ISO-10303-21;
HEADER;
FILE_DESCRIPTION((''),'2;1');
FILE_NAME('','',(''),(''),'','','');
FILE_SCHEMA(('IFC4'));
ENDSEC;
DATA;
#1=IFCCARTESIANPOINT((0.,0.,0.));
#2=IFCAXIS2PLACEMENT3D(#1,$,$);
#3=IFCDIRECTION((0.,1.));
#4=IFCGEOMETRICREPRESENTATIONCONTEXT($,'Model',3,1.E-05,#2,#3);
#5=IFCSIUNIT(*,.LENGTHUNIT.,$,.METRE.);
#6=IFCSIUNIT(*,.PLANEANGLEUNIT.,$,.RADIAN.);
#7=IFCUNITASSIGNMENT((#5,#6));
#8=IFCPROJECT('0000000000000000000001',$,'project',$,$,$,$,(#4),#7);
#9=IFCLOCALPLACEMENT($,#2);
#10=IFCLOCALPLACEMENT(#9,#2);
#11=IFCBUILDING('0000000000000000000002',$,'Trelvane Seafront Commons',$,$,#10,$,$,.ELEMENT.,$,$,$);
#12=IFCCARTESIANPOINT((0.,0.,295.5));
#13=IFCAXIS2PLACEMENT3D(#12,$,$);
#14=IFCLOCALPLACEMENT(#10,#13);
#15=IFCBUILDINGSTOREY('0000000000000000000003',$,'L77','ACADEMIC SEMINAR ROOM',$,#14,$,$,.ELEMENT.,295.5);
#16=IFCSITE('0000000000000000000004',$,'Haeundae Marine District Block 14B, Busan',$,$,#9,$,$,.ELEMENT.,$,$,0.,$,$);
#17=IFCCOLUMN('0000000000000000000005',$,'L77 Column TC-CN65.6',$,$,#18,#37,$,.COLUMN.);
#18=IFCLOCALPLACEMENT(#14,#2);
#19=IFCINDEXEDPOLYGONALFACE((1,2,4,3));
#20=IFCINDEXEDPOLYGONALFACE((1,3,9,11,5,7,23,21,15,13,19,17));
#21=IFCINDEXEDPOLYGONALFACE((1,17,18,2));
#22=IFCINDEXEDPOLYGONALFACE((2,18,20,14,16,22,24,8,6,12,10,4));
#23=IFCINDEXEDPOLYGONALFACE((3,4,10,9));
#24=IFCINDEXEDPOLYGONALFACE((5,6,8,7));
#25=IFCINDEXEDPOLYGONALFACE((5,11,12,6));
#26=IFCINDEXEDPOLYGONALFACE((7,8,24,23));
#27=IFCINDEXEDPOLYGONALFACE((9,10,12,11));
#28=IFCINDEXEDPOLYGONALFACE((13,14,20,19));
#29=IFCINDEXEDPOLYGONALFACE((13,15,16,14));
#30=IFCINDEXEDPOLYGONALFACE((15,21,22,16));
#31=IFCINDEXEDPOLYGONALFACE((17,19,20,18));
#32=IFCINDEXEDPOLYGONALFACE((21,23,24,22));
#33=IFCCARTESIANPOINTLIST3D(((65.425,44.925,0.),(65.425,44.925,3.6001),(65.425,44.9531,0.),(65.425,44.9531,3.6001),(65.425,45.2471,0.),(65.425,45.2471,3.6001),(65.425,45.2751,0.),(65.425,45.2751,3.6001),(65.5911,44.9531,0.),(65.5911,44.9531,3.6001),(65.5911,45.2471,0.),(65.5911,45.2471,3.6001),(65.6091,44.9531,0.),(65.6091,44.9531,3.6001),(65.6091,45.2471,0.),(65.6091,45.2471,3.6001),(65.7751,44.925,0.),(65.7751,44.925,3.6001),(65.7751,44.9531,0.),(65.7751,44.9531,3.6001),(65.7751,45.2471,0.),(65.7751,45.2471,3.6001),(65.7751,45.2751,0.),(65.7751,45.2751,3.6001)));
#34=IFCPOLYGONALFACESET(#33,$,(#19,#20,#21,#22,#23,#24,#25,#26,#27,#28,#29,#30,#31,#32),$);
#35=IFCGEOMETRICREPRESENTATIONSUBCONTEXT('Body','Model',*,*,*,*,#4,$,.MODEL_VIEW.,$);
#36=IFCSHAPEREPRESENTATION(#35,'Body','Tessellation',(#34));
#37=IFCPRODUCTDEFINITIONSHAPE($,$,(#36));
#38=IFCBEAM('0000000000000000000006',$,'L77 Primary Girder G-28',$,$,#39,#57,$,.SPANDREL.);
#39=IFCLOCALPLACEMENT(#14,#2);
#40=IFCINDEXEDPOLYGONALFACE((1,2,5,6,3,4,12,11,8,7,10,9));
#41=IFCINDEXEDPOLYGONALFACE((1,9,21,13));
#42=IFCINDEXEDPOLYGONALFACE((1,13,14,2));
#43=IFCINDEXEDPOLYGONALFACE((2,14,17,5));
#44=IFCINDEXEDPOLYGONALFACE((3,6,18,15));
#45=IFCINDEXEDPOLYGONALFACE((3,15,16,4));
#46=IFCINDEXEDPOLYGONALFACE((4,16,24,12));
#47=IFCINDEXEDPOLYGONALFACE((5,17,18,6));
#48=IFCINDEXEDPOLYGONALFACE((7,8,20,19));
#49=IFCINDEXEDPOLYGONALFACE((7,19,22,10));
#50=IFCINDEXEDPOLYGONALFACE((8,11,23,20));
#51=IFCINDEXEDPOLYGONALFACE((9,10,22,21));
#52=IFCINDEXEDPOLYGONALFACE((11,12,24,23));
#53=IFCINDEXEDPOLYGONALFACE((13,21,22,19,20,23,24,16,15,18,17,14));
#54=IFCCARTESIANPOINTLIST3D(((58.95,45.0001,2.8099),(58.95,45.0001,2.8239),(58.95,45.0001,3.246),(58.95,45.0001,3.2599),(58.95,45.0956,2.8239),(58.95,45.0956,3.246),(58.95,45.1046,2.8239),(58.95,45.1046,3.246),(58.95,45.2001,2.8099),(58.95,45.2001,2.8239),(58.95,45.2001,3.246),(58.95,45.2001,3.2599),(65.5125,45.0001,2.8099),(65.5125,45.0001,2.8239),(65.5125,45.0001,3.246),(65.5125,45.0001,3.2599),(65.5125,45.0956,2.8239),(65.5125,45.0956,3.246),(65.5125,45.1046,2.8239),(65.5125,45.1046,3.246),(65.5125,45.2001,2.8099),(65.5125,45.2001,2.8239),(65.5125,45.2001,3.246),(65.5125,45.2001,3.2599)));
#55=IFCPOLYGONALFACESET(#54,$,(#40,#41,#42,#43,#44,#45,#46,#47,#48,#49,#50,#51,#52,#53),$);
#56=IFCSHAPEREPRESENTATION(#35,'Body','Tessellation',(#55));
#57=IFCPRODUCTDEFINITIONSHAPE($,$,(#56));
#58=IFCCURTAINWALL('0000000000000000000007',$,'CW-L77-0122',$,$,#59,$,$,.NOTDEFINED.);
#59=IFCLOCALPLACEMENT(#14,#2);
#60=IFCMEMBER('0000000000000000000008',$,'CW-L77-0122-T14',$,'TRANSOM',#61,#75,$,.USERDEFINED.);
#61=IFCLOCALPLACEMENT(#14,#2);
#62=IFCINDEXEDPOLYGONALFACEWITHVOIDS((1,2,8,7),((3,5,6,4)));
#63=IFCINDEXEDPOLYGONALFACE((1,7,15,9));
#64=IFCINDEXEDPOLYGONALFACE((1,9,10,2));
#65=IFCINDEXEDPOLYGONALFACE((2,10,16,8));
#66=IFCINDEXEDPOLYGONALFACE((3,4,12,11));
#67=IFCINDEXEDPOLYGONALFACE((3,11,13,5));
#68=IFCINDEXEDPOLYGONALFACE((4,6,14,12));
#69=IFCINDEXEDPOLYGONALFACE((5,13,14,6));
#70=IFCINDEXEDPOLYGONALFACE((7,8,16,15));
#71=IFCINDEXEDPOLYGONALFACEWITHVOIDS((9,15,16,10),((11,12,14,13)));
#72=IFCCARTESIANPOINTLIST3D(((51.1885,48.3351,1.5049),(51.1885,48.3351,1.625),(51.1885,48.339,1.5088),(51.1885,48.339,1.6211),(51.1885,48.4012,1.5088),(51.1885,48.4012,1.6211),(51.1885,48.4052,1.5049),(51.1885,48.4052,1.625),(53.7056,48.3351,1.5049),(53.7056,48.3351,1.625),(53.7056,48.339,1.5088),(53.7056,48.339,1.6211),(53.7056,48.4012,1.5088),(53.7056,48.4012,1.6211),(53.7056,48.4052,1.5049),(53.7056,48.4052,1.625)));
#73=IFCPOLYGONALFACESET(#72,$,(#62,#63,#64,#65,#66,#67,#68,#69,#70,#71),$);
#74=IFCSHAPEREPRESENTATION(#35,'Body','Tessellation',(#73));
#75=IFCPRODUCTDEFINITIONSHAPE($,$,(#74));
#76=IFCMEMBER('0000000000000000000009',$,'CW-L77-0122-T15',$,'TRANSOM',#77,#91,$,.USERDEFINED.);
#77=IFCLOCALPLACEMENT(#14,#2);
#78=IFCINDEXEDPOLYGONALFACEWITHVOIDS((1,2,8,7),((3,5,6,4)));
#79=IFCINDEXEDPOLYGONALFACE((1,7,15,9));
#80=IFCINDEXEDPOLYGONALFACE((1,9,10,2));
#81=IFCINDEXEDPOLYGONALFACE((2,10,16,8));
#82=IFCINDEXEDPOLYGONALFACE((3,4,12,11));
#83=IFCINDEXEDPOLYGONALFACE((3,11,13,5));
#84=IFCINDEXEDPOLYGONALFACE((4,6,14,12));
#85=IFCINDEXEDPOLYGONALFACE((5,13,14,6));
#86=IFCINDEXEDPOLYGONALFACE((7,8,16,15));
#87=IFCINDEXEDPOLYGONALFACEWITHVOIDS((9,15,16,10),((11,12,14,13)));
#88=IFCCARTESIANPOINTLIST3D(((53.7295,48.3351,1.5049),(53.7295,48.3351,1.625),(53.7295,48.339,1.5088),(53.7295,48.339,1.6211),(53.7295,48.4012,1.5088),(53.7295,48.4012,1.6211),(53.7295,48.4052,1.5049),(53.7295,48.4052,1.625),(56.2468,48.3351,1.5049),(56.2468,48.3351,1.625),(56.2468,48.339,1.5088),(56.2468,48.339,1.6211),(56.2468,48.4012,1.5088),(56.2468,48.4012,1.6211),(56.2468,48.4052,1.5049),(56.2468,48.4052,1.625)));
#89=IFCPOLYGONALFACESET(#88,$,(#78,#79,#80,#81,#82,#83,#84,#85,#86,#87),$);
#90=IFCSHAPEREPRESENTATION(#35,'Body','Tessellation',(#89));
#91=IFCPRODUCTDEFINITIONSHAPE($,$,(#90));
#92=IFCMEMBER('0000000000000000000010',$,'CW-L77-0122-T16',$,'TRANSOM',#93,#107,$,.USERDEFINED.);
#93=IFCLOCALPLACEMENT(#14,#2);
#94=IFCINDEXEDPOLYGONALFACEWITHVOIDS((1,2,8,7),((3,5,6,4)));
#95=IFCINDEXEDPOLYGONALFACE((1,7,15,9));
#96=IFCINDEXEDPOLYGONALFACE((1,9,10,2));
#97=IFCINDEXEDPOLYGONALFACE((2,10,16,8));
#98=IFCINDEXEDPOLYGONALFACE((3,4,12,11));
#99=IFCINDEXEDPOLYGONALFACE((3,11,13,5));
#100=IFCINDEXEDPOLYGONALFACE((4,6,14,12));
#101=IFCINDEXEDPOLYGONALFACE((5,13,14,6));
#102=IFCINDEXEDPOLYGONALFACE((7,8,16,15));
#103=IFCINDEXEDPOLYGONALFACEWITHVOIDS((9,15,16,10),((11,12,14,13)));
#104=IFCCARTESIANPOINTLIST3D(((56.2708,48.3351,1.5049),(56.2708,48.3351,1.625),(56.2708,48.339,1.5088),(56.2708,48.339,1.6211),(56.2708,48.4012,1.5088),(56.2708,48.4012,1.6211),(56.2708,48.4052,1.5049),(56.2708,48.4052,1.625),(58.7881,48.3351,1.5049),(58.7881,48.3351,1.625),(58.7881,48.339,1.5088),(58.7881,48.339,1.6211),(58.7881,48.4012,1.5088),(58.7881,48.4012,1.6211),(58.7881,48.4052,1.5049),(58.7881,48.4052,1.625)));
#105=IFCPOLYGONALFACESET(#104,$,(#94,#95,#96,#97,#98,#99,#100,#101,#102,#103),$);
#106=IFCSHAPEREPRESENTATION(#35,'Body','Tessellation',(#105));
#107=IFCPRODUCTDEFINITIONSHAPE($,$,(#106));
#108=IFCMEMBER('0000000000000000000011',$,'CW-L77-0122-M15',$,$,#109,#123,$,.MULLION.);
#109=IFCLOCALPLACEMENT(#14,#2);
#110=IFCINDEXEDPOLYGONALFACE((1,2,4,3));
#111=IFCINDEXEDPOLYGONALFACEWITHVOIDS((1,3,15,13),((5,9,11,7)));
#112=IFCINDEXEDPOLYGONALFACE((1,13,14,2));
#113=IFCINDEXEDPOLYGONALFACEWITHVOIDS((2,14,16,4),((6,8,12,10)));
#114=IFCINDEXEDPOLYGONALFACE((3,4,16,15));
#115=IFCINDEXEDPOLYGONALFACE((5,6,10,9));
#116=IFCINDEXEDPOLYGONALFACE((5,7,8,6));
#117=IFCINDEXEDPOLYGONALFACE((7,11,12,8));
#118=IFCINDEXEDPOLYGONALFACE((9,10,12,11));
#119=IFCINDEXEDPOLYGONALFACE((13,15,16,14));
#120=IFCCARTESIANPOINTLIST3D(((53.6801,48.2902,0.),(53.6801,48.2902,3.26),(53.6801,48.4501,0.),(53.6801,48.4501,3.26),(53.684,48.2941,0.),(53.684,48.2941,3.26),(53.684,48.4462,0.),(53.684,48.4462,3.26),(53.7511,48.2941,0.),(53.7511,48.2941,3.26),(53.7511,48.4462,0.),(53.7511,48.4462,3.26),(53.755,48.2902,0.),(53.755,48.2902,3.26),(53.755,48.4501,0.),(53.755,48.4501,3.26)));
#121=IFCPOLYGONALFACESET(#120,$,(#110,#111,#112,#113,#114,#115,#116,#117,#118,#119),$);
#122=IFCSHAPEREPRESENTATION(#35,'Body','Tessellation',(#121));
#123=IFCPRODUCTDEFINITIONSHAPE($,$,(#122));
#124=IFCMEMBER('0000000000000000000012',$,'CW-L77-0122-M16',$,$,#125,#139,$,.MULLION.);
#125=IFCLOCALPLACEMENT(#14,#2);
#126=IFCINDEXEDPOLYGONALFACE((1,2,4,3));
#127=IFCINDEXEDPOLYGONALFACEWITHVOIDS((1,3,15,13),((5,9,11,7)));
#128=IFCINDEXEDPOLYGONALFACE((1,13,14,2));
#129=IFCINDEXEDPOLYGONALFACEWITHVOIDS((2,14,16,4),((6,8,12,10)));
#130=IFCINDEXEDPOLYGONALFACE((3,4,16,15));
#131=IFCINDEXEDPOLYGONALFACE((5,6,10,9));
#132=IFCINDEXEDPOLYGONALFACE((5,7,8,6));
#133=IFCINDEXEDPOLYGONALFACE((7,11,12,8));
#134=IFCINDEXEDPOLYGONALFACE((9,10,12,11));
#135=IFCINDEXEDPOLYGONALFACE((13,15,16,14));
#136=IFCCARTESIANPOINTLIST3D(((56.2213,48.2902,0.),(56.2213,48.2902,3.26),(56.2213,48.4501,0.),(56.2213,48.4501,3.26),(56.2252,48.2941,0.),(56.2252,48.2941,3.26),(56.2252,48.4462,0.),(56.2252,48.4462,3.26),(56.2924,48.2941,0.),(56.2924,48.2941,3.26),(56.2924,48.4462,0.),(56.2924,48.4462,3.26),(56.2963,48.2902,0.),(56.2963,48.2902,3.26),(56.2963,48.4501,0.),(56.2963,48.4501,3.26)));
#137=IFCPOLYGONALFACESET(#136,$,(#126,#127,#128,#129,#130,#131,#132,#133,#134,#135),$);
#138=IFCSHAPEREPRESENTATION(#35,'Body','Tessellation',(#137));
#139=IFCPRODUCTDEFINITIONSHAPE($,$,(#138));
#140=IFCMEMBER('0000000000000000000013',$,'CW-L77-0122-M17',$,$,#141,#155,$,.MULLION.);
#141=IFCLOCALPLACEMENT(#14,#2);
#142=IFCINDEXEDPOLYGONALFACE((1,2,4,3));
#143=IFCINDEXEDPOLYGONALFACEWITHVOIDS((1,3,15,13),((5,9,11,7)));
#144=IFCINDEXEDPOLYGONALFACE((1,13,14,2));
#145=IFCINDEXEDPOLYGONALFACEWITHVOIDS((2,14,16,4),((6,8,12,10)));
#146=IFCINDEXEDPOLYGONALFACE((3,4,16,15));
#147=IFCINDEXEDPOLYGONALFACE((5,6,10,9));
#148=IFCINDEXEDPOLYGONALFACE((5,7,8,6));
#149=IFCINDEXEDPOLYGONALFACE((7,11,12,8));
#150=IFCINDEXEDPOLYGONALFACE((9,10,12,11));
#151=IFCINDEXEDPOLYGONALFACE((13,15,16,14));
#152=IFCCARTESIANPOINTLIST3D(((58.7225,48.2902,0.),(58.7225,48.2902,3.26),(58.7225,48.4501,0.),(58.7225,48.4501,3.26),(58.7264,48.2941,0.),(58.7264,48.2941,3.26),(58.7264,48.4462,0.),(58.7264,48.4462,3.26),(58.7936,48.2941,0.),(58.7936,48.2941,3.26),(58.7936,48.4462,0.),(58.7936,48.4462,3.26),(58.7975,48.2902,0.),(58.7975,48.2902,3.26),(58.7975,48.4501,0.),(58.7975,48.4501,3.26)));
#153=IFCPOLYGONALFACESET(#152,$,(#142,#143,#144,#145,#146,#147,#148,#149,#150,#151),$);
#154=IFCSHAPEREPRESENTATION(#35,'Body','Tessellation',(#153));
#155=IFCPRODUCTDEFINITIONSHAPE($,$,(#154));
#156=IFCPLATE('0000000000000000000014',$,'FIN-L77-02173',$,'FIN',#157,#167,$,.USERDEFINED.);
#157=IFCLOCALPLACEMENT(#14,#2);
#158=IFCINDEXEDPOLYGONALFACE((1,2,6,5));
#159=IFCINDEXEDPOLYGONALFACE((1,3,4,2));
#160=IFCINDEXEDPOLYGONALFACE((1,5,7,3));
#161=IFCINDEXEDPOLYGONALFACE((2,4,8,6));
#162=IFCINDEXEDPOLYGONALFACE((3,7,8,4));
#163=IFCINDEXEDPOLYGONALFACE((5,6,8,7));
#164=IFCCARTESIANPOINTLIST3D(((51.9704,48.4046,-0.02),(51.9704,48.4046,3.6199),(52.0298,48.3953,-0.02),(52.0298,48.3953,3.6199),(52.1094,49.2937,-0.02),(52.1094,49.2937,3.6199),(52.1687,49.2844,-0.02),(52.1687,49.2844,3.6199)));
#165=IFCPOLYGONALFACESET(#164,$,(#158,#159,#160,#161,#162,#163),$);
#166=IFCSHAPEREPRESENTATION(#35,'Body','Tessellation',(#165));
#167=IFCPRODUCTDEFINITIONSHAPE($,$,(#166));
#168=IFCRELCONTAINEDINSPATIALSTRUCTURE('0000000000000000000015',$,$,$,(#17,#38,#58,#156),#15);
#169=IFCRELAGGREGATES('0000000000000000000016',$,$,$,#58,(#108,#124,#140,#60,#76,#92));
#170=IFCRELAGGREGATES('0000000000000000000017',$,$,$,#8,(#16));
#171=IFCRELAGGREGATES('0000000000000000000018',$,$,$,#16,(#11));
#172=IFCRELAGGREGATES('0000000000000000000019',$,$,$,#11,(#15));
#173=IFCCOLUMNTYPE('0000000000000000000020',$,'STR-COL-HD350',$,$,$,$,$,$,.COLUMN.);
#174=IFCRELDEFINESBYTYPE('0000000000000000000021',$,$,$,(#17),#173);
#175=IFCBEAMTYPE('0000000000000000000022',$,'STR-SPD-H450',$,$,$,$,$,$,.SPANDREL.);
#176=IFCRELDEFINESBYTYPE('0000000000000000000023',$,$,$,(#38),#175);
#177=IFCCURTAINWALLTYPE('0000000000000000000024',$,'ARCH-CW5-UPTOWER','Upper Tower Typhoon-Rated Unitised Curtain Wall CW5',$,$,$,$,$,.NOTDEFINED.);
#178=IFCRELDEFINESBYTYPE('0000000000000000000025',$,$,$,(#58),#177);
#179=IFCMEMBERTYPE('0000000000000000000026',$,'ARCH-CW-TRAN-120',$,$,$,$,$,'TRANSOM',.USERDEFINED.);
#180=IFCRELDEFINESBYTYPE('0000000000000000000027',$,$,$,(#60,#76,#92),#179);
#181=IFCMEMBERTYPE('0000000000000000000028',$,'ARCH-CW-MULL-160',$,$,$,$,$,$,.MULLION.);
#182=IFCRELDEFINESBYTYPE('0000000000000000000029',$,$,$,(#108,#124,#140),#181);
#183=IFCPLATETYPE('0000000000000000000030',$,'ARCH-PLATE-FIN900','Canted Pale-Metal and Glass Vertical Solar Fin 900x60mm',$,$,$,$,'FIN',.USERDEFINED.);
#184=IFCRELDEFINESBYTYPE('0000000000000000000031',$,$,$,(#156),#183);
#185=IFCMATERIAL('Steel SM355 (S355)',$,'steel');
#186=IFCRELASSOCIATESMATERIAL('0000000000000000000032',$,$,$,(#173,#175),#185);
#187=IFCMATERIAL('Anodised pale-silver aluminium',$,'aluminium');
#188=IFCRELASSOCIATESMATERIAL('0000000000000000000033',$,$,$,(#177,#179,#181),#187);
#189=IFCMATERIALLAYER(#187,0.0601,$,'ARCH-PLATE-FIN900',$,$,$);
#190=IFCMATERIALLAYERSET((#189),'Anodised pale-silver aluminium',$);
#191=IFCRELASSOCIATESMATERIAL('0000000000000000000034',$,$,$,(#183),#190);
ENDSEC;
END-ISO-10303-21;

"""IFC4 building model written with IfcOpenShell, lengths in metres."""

from ifc_helpers import new_model, si_unit, direction, frame, origin, origin_2d, place, context, subcontext, project, spatial, rectangle, hollow_rectangle, i_section, extrude, source, transform, mapped, material, layer, layer_set, material_profile, profile_set, type_object, element, aggregate, save


model = new_model("IFC4")

# Units and contexts
model_context = context("Model", 3, precision=1e-05, world=origin(), true_north=direction((0.0, 1.0)))
body_context = subcontext(model_context, "Body", "Model", "MODEL_VIEW")
ifc_project = project(units=[si_unit("LENGTHUNIT", "METRE"), si_unit("PLANEANGLEUNIT", "RADIAN")], contexts=[model_context])

# Site, building, storey
site_placement = place(None, origin())
site = spatial("IfcSite", under=ifc_project, at=site_placement, Name="Haeundae Marine District Block 14B, Busan", CompositionType="ELEMENT", RefElevation=0.0)
building_placement = place(site_placement, origin())
building = spatial("IfcBuilding", under=site, at=building_placement, Name="Trelvane Seafront Commons", CompositionType="ELEMENT")
storey_placement = place(building_placement, frame((0.0, 0.0, 295.5)))
storey = spatial("IfcBuildingStorey", under=building, at=storey_placement, Name="L77", Description="ACADEMIC SEMINAR ROOM", CompositionType="ELEMENT", Elevation=295.5)

# Column
ifc_material_1 = material(Name="Steel SM355 (S355)", Category="steel")
ifc_material_profile_1 = material_profile(ifc_material_1, i_section(OverallWidth=0.3501, OverallDepth=0.3501, WebThickness=0.0181, FlangeThickness=0.0281, at=origin_2d()), Name="HD-350x350x18x28")
ifc_profile_set_1 = profile_set([ifc_material_profile_1], Name="Steel SM355 (S355)")
column_type = type_object("IfcColumnType", Name="STR-COL-HD350", PredefinedType="COLUMN", material=ifc_profile_set_1)
shared_shape_1 = source(origin(), body_context, "Body", "SweptSolid", [
    extrude(i_section(OverallWidth=0.3501, OverallDepth=0.3501, WebThickness=0.0181, FlangeThickness=0.0281, at=origin_2d()), origin(), (0.0, 0.0, 1.0), 3.6001),
])
column_placement = place(storey_placement, frame((65.6001, 45.1001, 0.0), z_axis=(0.0, 0.0, 1.0), x_axis=(1.0, 0.0, 0.0)))
element("IfcColumn", 1, at=column_placement, inside=storey, type_object=column_type, Name="L77 Column TC-CN65.6", PredefinedType="COLUMN", context=body_context, shape_type="MappedRepresentation", body=[
    mapped(shared_shape_1, transform((0.0, 0.0, 0.0), x_axis=(1.0, 0.0, 0.0), y_axis=(0.0, 1.0, 0.0), z_axis=(0.0, 0.0, 1.0), scale=1.0)),
])

# Beam
ifc_material_profile_2 = material_profile(ifc_material_1, i_section(OverallWidth=0.2, OverallDepth=0.45, WebThickness=0.009, FlangeThickness=0.0139, at=origin_2d()), Name="H-450x200x9x14")
ifc_profile_set_2 = profile_set([ifc_material_profile_2], Name="Steel SM355 (S355)")
beam_type = type_object("IfcBeamType", Name="STR-SPD-H450", PredefinedType="SPANDREL", material=ifc_profile_set_2)
shared_shape_2 = source(origin(), body_context, "Body", "SweptSolid", [
    extrude(i_section(OverallWidth=0.2, OverallDepth=0.45, WebThickness=0.009, FlangeThickness=0.0139, at=origin_2d()), origin(), (0.0, 0.0, 1.0), 6.5625),
])
beam_placement = place(storey_placement, frame((58.95, 45.1001, 3.0349), z_axis=(1.0, 0.0, 0.0), x_axis=(0.0, 1.0, 0.0)))
element("IfcBeam", 2, at=beam_placement, inside=storey, type_object=beam_type, Name="L77 Primary Girder G-28", PredefinedType="SPANDREL", context=body_context, shape_type="MappedRepresentation", body=[
    mapped(shared_shape_2, transform((0.0, 0.0, 0.0), x_axis=(1.0, 0.0, 0.0), y_axis=(0.0, 1.0, 0.0), z_axis=(0.0, 0.0, 1.0), scale=1.0)),
])

# Curtain wall, members
ifc_material_2 = material(Name="Anodised pale-silver aluminium", Category="aluminium")
curtain_wall_type = type_object("IfcCurtainWallType", Name="ARCH-CW5-UPTOWER", Description="Upper Tower Typhoon-Rated Unitised Curtain Wall CW5", PredefinedType="NOTDEFINED", material=ifc_material_2)
curtain_wall_placement = place(storey_placement, origin())
curtain_wall = element("IfcCurtainWall", 3, at=curtain_wall_placement, inside=storey, type_object=curtain_wall_type, Name="CW-L77-0122", PredefinedType="NOTDEFINED")
ifc_material_profile_3 = material_profile(ifc_material_2, hollow_rectangle(XDim=0.0701, YDim=0.1201, WallThickness=0.0039, at=origin_2d()), Name="TRAN-70x120x4")
ifc_profile_set_3 = profile_set([ifc_material_profile_3], Name="Anodised pale-silver aluminium")
member_type_1 = type_object("IfcMemberType", Name="ARCH-CW-TRAN-120", ElementType="TRANSOM", PredefinedType="USERDEFINED", material=ifc_profile_set_3)
shared_shape_3 = source(origin(), body_context, "Body", "SweptSolid", [
    extrude(hollow_rectangle(XDim=0.0701, YDim=0.1201, WallThickness=0.0039, at=origin_2d()), origin(), (0.0, 0.0, 1.0), 2.5171),
])
member_1_placement = place(storey_placement, frame((51.1885, 48.3701, 1.5649), z_axis=(1.0, 0.0, 0.0), x_axis=(0.0, 1.0, 0.0)))
member_1 = element("IfcMember", 4, at=member_1_placement, type_object=member_type_1, Name="CW-L77-0122-T14", ObjectType="TRANSOM", PredefinedType="USERDEFINED", context=body_context, shape_type="MappedRepresentation", body=[
    mapped(shared_shape_3, transform((0.0, 0.0, 0.0), x_axis=(1.0, 0.0, 0.0), y_axis=(0.0, 1.0, 0.0), z_axis=(0.0, 0.0, 1.0), scale=1.0)),
])
shared_shape_4 = source(origin(), body_context, "Body", "SweptSolid", [
    extrude(hollow_rectangle(XDim=0.0701, YDim=0.1201, WallThickness=0.0039, at=origin_2d()), origin(), (0.0, 0.0, 1.0), 2.5173),
])
member_2_placement = place(storey_placement, frame((53.7295, 48.3701, 1.5649), z_axis=(1.0, 0.0, 0.0), x_axis=(0.0, 1.0, 0.0)))
member_2 = element("IfcMember", 5, at=member_2_placement, type_object=member_type_1, Name="CW-L77-0122-T15", ObjectType="TRANSOM", PredefinedType="USERDEFINED", context=body_context, shape_type="MappedRepresentation", body=[
    mapped(shared_shape_4, transform((0.0, 0.0, 0.0), x_axis=(1.0, 0.0, 0.0), y_axis=(0.0, 1.0, 0.0), z_axis=(0.0, 0.0, 1.0), scale=1.0)),
])
member_3_placement = place(storey_placement, frame((56.2708, 48.3701, 1.5649), z_axis=(1.0, 0.0, 0.0), x_axis=(0.0, 1.0, 0.0)))
member_3 = element("IfcMember", 6, at=member_3_placement, type_object=member_type_1, Name="CW-L77-0122-T16", ObjectType="TRANSOM", PredefinedType="USERDEFINED", context=body_context, shape_type="MappedRepresentation", body=[
    mapped(shared_shape_4, transform((0.0, 0.0, 0.0), x_axis=(1.0, 0.0, 0.0), y_axis=(0.0, 1.0, 0.0), z_axis=(0.0, 0.0, 1.0), scale=1.0)),
])
ifc_material_profile_4 = material_profile(ifc_material_2, hollow_rectangle(XDim=0.075, YDim=0.1599, WallThickness=0.0039, at=origin_2d()), Name="MULL-75x160x4")
ifc_profile_set_4 = profile_set([ifc_material_profile_4], Name="Anodised pale-silver aluminium")
member_type_2 = type_object("IfcMemberType", Name="ARCH-CW-MULL-160", PredefinedType="MULLION", material=ifc_profile_set_4)
shared_shape_5 = source(origin(), body_context, "Body", "SweptSolid", [
    extrude(hollow_rectangle(XDim=0.075, YDim=0.1599, WallThickness=0.0039, at=origin_2d()), origin(), (0.0, 0.0, 1.0), 3.26),
])
member_4_placement = place(storey_placement, frame((53.7175, 48.3701, 0.0), z_axis=(0.0, 0.0, 1.0), x_axis=(1.0, 0.0, 0.0)))
member_4 = element("IfcMember", 7, at=member_4_placement, type_object=member_type_2, Name="CW-L77-0122-M15", PredefinedType="MULLION", context=body_context, shape_type="MappedRepresentation", body=[
    mapped(shared_shape_5, transform((0.0, 0.0, 0.0), x_axis=(1.0, 0.0, 0.0), y_axis=(0.0, 1.0, 0.0), z_axis=(0.0, 0.0, 1.0), scale=1.0)),
])
member_5_placement = place(storey_placement, frame((56.2588, 48.3701, 0.0), z_axis=(0.0, 0.0, 1.0), x_axis=(1.0, 0.0, 0.0)))
member_5 = element("IfcMember", 8, at=member_5_placement, type_object=member_type_2, Name="CW-L77-0122-M16", PredefinedType="MULLION", context=body_context, shape_type="MappedRepresentation", body=[
    mapped(shared_shape_5, transform((0.0, 0.0, 0.0), x_axis=(1.0, 0.0, 0.0), y_axis=(0.0, 1.0, 0.0), z_axis=(0.0, 0.0, 1.0), scale=1.0)),
])
member_6_placement = place(storey_placement, frame((58.76, 48.3701, 0.0), z_axis=(0.0, 0.0, 1.0), x_axis=(1.0, 0.0, 0.0)))
member_6 = element("IfcMember", 9, at=member_6_placement, type_object=member_type_2, Name="CW-L77-0122-M17", PredefinedType="MULLION", context=body_context, shape_type="MappedRepresentation", body=[
    mapped(shared_shape_5, transform((0.0, 0.0, 0.0), x_axis=(1.0, 0.0, 0.0), y_axis=(0.0, 1.0, 0.0), z_axis=(0.0, 0.0, 1.0), scale=1.0)),
])

# Plate
ifc_layer_1 = layer(ifc_material_2, 0.0601, Name="ARCH-PLATE-FIN900")
ifc_layer_set_1 = layer_set([ifc_layer_1], Name="Anodised pale-silver aluminium")
plate_type_1 = type_object("IfcPlateType", Name="ARCH-PLATE-FIN900", Description="Canted Pale-Metal and Glass Vertical Solar Fin 900x60mm", ElementType="FIN", PredefinedType="USERDEFINED", material=ifc_layer_set_1)
shared_shape_6 = source(origin(), body_context, "Body", "SweptSolid", [
    extrude(rectangle(XDim=0.8999, YDim=0.0601, at=origin_2d()), origin(), (0.0, 0.0, 1.0), 3.6399),
])
for number, where, z_axis, x_axis, name in (
    (10, (52.0696, 48.8445, -0.02), (0.0, 0.0, 1.0), (0.154445, 0.988001, 0.0), "FIN-L77-02173"),
):
    element("IfcPlate", number, at=place(storey_placement, frame(where, z_axis=z_axis, x_axis=x_axis)), inside=storey, type_object=plate_type_1, Name=name, ObjectType="FIN", PredefinedType="USERDEFINED", context=body_context, shape_type="MappedRepresentation", body=[
        mapped(shared_shape_6, transform((0.0, 0.0, 0.0), x_axis=(1.0, 0.0, 0.0), y_axis=(0.0, 1.0, 0.0), z_axis=(0.0, 0.0, 1.0), scale=1.0)),
    ])

aggregate(curtain_wall, [member_4, member_5, member_6, member_1, member_2, member_3])

save(model, "model.ifc")
